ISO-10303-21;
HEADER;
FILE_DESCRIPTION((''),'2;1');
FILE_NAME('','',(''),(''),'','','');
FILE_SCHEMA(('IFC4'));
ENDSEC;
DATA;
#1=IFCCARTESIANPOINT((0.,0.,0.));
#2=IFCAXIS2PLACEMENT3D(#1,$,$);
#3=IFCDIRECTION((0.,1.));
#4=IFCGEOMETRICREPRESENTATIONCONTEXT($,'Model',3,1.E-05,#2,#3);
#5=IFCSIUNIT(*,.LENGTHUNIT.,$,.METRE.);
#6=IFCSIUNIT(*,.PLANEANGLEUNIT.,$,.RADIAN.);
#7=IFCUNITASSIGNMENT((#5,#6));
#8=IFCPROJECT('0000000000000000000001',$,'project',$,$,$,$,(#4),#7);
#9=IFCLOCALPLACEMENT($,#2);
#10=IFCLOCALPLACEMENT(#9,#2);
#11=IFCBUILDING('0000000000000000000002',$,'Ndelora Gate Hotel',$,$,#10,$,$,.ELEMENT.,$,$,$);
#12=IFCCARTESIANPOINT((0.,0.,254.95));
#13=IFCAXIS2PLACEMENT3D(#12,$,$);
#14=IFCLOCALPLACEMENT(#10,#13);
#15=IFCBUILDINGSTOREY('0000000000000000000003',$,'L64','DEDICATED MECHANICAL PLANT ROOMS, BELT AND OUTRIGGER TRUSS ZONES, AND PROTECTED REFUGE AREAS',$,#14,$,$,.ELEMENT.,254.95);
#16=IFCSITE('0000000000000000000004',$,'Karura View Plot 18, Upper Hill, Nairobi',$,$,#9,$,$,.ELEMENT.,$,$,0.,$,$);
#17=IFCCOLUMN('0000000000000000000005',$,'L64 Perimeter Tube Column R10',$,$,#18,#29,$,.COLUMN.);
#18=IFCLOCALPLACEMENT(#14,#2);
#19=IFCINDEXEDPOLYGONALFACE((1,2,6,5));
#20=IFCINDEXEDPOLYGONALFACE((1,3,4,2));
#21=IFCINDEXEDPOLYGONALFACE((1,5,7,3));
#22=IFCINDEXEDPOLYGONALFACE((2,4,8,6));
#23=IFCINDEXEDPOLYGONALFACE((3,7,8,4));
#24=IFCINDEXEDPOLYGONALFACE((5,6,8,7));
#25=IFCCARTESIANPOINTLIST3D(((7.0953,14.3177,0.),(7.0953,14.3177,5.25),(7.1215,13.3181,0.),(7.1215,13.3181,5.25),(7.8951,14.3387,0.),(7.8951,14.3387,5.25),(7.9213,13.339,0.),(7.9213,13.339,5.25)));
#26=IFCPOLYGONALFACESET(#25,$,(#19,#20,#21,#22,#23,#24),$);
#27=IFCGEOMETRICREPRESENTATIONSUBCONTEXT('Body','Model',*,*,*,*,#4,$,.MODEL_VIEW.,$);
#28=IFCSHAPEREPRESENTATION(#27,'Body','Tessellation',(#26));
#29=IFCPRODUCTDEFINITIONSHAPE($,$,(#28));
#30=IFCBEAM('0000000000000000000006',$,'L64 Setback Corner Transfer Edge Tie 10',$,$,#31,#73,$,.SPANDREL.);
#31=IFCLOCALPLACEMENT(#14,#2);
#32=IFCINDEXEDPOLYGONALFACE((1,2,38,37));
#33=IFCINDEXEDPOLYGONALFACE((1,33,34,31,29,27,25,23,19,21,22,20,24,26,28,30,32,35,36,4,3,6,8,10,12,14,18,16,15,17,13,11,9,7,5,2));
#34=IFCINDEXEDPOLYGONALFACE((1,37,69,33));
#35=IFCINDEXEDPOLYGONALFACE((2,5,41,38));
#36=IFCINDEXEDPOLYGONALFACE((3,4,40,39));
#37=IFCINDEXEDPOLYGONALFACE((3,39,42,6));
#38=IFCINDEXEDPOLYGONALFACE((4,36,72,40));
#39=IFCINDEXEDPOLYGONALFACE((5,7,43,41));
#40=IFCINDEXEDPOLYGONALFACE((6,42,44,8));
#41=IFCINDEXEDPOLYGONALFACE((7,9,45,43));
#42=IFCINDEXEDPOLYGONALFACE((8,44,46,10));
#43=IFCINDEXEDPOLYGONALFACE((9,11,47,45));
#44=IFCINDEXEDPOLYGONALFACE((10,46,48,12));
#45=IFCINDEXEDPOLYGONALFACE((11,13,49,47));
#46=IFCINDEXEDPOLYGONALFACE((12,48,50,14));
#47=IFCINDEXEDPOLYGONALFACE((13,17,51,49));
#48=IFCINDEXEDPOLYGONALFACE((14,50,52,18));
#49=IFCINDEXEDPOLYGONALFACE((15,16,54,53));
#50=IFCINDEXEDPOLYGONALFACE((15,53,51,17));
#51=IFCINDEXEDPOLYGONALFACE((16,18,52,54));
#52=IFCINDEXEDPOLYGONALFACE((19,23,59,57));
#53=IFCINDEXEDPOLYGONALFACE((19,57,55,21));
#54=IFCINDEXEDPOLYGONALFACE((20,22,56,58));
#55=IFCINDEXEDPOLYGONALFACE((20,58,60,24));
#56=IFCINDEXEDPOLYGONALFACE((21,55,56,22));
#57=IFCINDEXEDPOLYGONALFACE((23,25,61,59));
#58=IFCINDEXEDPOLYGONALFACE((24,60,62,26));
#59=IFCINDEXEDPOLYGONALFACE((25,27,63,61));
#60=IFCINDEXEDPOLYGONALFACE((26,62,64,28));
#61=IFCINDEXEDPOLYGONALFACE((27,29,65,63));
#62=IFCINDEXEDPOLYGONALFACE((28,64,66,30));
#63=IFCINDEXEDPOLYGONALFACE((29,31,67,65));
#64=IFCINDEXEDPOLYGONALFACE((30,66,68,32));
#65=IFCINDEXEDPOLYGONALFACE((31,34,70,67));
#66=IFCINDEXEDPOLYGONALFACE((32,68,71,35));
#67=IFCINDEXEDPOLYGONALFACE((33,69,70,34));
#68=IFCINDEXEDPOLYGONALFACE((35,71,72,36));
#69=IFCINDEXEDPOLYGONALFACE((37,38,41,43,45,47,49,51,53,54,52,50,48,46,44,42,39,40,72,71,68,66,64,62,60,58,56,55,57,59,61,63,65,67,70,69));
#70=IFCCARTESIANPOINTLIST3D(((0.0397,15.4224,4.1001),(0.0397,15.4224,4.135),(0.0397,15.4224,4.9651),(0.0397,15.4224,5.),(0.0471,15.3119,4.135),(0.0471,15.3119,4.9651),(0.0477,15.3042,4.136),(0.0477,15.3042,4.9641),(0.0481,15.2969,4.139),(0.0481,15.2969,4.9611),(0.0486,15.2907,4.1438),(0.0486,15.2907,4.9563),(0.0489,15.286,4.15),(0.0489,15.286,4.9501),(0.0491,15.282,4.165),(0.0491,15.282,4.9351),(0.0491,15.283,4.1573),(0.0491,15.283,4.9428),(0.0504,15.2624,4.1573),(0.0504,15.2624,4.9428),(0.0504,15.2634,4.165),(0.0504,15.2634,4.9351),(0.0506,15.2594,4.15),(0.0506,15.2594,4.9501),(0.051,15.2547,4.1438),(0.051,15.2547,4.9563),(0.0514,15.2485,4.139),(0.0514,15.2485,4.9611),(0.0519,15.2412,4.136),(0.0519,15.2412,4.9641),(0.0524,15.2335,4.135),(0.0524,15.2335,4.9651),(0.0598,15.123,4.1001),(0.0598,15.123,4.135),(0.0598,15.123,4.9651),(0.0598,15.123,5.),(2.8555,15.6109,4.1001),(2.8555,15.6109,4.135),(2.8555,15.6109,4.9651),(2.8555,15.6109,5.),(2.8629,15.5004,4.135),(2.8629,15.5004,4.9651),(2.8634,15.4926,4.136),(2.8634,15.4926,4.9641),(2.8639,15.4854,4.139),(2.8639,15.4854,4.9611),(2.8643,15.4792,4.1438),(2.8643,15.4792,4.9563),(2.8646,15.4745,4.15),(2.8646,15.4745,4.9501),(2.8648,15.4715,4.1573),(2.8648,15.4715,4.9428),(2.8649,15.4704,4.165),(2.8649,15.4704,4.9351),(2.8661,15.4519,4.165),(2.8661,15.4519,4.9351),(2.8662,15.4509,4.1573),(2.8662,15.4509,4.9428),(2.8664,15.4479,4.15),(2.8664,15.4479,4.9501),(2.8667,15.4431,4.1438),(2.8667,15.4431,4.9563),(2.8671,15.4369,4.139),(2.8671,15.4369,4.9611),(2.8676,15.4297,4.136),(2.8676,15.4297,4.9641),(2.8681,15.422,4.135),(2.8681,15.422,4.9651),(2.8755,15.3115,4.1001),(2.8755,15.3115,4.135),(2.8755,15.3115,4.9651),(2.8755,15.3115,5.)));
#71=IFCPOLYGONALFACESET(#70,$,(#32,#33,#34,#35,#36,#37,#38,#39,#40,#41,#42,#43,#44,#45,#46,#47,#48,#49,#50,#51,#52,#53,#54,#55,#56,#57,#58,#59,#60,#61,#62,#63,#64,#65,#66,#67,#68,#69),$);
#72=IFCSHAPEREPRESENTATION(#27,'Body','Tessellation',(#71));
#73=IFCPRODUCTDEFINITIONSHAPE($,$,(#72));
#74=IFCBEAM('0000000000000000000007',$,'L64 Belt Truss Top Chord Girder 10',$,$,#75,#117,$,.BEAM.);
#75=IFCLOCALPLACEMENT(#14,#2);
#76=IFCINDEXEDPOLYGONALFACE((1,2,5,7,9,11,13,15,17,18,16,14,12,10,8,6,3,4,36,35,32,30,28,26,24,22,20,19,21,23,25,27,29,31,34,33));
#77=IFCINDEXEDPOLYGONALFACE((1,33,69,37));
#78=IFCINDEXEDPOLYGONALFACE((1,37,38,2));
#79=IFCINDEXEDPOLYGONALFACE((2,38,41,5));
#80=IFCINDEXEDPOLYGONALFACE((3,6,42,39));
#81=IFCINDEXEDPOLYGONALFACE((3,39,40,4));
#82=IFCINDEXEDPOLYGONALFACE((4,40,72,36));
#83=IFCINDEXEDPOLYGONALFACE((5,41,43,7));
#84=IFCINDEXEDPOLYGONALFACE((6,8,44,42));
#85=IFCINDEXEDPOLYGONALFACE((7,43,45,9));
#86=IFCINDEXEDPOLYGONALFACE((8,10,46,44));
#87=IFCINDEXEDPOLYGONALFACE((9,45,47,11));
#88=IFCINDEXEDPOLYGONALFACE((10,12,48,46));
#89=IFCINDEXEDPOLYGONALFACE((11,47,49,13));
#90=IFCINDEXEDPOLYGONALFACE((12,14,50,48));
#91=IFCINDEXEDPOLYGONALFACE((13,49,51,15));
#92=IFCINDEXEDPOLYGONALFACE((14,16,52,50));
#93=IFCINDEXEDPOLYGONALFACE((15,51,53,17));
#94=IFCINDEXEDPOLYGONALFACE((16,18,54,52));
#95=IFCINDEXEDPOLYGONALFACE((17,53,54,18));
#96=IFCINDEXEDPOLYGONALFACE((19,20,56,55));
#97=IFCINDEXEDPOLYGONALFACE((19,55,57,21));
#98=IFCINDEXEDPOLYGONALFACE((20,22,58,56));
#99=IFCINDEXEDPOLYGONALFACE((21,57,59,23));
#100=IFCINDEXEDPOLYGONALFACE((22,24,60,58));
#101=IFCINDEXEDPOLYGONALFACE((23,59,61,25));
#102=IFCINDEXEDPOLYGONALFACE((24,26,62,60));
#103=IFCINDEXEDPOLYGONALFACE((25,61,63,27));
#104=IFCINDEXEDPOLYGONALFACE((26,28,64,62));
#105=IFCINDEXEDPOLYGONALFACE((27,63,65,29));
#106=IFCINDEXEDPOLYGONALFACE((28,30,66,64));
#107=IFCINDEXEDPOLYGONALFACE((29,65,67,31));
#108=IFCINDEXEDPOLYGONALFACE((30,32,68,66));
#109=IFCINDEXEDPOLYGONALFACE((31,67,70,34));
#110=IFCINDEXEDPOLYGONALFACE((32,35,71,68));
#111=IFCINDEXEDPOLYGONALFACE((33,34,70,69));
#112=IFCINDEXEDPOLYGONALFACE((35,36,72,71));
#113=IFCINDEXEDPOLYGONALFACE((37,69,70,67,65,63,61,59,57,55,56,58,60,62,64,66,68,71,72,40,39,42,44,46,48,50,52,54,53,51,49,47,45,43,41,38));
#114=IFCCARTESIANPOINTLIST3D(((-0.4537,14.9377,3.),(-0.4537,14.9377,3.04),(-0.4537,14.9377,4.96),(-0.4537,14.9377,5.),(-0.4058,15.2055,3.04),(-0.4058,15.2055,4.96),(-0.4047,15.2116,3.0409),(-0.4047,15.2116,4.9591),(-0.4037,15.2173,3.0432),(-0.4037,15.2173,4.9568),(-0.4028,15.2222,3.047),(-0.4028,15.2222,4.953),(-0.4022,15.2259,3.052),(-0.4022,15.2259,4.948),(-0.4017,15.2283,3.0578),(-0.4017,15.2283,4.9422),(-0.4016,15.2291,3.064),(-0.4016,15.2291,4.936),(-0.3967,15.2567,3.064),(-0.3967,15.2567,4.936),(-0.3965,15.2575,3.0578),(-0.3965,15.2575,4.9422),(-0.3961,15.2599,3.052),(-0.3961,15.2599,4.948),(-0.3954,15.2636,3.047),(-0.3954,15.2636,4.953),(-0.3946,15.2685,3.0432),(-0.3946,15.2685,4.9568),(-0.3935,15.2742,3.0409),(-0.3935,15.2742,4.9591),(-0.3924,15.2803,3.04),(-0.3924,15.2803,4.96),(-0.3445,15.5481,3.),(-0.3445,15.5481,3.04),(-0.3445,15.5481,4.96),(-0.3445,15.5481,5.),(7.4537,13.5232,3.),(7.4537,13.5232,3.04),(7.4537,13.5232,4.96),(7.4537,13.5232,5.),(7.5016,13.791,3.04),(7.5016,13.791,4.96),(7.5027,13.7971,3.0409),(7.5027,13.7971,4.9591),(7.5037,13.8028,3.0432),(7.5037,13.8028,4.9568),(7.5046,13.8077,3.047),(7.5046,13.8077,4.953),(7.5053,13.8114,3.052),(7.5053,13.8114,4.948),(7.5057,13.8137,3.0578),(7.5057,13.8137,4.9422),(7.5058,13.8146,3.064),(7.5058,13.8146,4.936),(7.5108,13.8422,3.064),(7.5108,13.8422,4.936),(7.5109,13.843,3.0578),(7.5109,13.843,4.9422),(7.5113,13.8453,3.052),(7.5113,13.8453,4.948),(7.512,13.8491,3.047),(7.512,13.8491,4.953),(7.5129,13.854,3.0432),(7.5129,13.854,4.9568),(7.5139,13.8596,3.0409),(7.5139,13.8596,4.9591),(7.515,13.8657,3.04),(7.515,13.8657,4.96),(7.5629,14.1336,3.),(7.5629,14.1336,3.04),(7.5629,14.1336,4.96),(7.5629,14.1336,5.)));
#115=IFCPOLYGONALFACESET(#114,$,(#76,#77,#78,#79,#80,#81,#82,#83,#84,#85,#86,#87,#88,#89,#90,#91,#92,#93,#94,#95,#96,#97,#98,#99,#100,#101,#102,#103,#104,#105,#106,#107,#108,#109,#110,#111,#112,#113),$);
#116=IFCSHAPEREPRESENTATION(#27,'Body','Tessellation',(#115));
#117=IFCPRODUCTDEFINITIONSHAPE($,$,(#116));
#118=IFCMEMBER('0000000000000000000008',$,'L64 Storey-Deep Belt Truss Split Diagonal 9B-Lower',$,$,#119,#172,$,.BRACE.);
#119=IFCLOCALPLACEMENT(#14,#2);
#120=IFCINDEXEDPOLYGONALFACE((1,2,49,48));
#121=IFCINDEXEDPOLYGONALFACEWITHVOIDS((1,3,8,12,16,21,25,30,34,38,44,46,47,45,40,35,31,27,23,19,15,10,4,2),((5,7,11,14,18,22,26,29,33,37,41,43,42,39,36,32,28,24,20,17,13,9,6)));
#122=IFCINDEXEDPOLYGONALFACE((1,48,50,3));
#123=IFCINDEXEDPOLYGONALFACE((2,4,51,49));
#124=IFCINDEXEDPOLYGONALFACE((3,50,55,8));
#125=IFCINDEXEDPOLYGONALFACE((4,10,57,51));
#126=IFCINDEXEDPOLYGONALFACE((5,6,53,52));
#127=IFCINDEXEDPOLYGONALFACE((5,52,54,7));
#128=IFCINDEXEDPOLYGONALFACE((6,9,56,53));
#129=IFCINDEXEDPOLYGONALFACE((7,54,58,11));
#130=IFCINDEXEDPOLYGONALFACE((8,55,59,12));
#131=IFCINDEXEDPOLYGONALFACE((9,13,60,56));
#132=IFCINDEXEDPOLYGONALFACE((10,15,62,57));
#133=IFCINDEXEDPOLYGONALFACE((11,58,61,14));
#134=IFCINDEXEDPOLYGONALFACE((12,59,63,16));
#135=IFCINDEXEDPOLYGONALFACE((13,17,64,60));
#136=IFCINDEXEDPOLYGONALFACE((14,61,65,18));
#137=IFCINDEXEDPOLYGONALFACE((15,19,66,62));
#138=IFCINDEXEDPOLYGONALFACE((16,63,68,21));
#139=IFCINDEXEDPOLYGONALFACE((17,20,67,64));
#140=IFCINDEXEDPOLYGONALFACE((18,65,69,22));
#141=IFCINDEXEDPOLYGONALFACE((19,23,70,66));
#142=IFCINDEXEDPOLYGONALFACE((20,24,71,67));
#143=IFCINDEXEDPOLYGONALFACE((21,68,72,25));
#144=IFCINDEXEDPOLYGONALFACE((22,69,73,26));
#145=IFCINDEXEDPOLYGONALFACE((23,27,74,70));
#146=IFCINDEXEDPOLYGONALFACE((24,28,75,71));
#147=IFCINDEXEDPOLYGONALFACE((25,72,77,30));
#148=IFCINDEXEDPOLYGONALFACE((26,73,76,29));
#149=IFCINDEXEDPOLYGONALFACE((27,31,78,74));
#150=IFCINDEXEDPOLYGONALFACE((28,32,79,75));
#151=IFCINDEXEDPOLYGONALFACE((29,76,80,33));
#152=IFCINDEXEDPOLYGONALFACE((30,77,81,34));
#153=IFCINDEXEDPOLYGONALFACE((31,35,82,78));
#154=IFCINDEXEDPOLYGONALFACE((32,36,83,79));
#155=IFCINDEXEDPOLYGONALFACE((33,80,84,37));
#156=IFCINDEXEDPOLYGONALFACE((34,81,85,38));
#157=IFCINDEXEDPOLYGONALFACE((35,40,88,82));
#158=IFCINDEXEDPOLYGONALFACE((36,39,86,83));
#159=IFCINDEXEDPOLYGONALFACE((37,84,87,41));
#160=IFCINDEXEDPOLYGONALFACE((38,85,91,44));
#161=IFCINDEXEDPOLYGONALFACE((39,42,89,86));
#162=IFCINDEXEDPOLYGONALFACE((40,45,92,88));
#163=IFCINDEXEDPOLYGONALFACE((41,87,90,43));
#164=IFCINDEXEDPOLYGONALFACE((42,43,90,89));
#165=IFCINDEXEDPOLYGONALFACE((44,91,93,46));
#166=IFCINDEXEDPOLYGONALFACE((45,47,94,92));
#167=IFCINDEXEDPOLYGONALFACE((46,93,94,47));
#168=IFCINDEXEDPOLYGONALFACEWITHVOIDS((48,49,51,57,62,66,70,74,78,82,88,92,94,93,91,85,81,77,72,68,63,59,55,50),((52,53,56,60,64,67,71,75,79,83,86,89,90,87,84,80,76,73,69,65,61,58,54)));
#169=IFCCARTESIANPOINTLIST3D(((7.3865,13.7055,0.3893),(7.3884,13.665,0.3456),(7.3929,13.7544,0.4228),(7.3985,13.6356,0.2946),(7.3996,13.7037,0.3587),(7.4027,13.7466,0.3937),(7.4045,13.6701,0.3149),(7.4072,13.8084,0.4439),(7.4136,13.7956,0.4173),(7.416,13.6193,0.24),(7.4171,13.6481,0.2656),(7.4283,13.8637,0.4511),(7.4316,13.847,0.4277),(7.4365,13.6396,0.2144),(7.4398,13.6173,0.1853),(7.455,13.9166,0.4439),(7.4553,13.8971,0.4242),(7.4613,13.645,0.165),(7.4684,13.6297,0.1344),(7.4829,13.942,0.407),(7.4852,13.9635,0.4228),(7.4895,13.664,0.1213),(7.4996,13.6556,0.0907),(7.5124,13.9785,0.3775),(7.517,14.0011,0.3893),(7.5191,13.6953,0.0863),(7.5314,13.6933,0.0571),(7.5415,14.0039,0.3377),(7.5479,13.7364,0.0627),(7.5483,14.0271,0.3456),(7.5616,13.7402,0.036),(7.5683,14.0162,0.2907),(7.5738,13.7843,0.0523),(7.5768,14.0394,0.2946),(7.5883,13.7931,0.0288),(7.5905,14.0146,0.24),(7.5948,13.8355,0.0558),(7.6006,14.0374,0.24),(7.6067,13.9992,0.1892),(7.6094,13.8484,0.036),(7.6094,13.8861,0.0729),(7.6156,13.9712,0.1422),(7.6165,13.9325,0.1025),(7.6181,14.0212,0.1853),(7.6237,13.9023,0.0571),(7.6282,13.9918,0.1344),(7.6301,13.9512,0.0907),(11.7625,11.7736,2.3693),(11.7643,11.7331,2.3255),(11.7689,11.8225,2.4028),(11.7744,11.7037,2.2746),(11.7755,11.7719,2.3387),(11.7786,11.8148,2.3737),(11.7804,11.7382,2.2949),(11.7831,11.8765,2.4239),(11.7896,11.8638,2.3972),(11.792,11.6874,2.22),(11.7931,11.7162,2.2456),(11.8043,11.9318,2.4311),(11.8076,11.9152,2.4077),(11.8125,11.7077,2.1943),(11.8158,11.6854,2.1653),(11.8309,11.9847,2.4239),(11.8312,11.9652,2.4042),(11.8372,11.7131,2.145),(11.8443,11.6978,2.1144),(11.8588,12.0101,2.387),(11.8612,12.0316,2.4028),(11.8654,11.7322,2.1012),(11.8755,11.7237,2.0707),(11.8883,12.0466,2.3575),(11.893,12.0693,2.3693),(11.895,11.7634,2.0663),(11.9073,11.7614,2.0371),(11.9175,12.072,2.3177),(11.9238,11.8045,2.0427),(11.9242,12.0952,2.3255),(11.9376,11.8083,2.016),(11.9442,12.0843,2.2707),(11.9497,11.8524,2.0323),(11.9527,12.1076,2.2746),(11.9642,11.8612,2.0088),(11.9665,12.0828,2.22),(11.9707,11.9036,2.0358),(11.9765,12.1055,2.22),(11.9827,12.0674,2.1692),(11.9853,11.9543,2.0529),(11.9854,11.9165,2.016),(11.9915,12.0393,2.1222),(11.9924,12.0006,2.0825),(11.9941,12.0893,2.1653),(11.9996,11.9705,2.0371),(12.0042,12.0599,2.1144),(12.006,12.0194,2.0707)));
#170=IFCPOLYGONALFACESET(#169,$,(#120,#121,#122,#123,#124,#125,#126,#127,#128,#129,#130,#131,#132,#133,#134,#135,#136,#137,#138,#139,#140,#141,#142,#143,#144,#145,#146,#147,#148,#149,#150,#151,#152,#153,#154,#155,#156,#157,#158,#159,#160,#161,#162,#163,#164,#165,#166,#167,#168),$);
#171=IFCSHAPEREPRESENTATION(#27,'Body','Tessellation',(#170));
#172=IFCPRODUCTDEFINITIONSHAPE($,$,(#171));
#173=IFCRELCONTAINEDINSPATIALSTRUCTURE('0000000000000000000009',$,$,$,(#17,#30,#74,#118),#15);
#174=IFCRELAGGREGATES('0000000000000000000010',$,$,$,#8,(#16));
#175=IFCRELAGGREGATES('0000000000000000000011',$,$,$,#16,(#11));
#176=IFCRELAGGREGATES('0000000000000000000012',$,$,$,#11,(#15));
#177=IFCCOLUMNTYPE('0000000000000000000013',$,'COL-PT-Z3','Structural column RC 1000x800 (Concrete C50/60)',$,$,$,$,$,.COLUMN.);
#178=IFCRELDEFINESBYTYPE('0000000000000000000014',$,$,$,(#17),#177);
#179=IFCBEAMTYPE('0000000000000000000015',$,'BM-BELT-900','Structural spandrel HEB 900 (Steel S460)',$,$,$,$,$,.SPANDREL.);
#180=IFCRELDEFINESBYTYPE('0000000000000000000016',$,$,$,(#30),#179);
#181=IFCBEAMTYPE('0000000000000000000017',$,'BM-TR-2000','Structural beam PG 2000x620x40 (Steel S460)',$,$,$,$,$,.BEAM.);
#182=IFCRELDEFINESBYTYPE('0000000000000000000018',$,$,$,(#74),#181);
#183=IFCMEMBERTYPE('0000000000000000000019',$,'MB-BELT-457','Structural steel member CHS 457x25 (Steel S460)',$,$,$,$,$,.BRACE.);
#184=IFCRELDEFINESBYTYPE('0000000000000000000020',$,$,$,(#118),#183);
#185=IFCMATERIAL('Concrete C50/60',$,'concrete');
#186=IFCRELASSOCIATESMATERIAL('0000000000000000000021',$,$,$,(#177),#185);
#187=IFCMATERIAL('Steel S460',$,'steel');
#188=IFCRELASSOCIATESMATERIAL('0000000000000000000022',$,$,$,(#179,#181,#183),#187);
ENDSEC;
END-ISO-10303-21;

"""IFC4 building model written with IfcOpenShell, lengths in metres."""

from ifc_helpers import new_model, si_unit, direction, frame, origin, origin_2d, place, context, subcontext, project, spatial, rectangle, hollow_circle, i_section, extrude, material, material_profile, profile_set, type_object, element, save


model = new_model("IFC4")

# Units and contexts
model_context = context("Model", 3, precision=1e-05, world=origin(), true_north=direction((0.0, 1.0)))
body_context = subcontext(model_context, "Body", "Model", "MODEL_VIEW")
ifc_project = project(units=[si_unit("LENGTHUNIT", "METRE"), si_unit("PLANEANGLEUNIT", "RADIAN")], contexts=[model_context])

# Site, building, storey
site_placement = place(None, origin())
site = spatial("IfcSite", under=ifc_project, at=site_placement, Name="Karura View Plot 18, Upper Hill, Nairobi", CompositionType="ELEMENT", RefElevation=0.0)
building_placement = place(site_placement, origin())
building = spatial("IfcBuilding", under=site, at=building_placement, Name="Ndelora Gate Hotel", CompositionType="ELEMENT")
storey_placement = place(building_placement, frame((0.0, 0.0, 254.95)))
storey = spatial("IfcBuildingStorey", under=building, at=storey_placement, Name="L64", Description="DEDICATED MECHANICAL PLANT ROOMS, BELT AND OUTRIGGER TRUSS ZONES, AND PROTECTED REFUGE AREAS", CompositionType="ELEMENT", Elevation=254.95)

# Column
ifc_material_1 = material(Name="Concrete C50/60", Category="concrete")
ifc_material_profile_1 = material_profile(ifc_material_1, rectangle(XDim=0.8, YDim=1.0, at=origin_2d()), Name="RC 1000x800")
ifc_profile_set_1 = profile_set([ifc_material_profile_1], Name="Concrete C50/60")
column_type = type_object("IfcColumnType", Name="COL-PT-Z3", Description="Structural column RC 1000x800 (Concrete C50/60)", PredefinedType="COLUMN", material=ifc_profile_set_1)
column_placement = place(storey_placement, frame((7.5083, 13.8284, 0.0), z_axis=(0.0, 0.0, 1.0), x_axis=(0.999657, 0.026177, 0.0)))
element("IfcColumn", 1, at=column_placement, inside=storey, type_object=column_type, Name="L64 Perimeter Tube Column R10", PredefinedType="COLUMN", context=body_context, shape_type="SweptSolid", body=[
    extrude(rectangle(XDim=0.8, YDim=1.0, at=origin_2d()), origin(), (0.0, 0.0, 1.0), 5.25),
])

# Beams
ifc_material_2 = material(Name="Steel S460", Category="steel")
ifc_material_profile_2 = material_profile(ifc_material_2, i_section(OverallWidth=0.3, OverallDepth=0.8999, WebThickness=0.0186, FlangeThickness=0.0349, FilletRadius=0.03, at=origin_2d()), Name="HEB 900")
ifc_profile_set_2 = profile_set([ifc_material_profile_2], Name="Steel S460")
beam_type_1 = type_object("IfcBeamType", Name="BM-BELT-900", Description="Structural spandrel HEB 900 (Steel S460)", PredefinedType="SPANDREL", material=ifc_profile_set_2)
beam_1_placement = place(storey_placement, frame((2.8655, 15.4612, 4.55), z_axis=(-0.997767, -0.066789, 0.0), x_axis=(0.066789, -0.997767, 0.0)))
element("IfcBeam", 2, at=beam_1_placement, inside=storey, type_object=beam_type_1, Name="L64 Setback Corner Transfer Edge Tie 10", PredefinedType="SPANDREL", context=body_context, shape_type="SweptSolid", body=[
    extrude(i_section(OverallWidth=0.3, OverallDepth=0.8999, WebThickness=0.0186, FlangeThickness=0.0349, FilletRadius=0.03, at=origin_2d()), origin(), (0.0, 0.0, 1.0), 2.822),
])
ifc_material_profile_3 = material_profile(ifc_material_2, i_section(OverallWidth=0.6201, OverallDepth=2.0, WebThickness=0.0281, FlangeThickness=0.04, FilletRadius=0.0239, at=origin_2d()), Name="PG 2000x620x40")
ifc_profile_set_3 = profile_set([ifc_material_profile_3], Name="Steel S460")
beam_type_2 = type_object("IfcBeamType", Name="BM-TR-2000", Description="Structural beam PG 2000x620x40 (Steel S460)", PredefinedType="BEAM", material=ifc_profile_set_3)
beam_2_placement = place(storey_placement, frame((7.5083, 13.8284, 4.0), z_axis=(-0.984374, 0.176093, 0.0), x_axis=(-0.176093, -0.984374, 0.0)))
element("IfcBeam", 3, at=beam_2_placement, inside=storey, type_object=beam_type_2, Name="L64 Belt Truss Top Chord Girder 10", PredefinedType="BEAM", context=body_context, shape_type="SweptSolid", body=[
    extrude(i_section(OverallWidth=0.6201, OverallDepth=2.0, WebThickness=0.0281, FlangeThickness=0.04, FilletRadius=0.0239, at=origin_2d()), origin(), (0.0, 0.0, 1.0), 8.033),
])

# Member
ifc_material_profile_4 = material_profile(ifc_material_2, hollow_circle(Radius=0.2285, WallThickness=0.0249, at=origin_2d()), Name="CHS 457x25")
ifc_profile_set_4 = profile_set([ifc_material_profile_4], Name="Steel S460")
member_type = type_object("IfcMemberType", Name="MB-BELT-457", Description="Structural steel member CHS 457x25 (Steel S460)", PredefinedType="BRACE", material=ifc_profile_set_4)
member_1_placement = place(storey_placement, frame((7.5083, 13.8284, 0.24), z_axis=(0.845267, -0.373164, 0.382455), x_axis=(0.403869, 0.914817, 0.0)))
element("IfcMember", 4, at=member_1_placement, inside=storey, type_object=member_type, Name="L64 Storey-Deep Belt Truss Split Diagonal 9B-Lower", PredefinedType="BRACE", context=body_context, shape_type="SweptSolid", body=[
    extrude(hollow_circle(Radius=0.2285, WallThickness=0.0249, at=origin_2d()), origin(), (0.0, 0.0, 1.0), 5.177),
])

save(model, "model.ifc")
